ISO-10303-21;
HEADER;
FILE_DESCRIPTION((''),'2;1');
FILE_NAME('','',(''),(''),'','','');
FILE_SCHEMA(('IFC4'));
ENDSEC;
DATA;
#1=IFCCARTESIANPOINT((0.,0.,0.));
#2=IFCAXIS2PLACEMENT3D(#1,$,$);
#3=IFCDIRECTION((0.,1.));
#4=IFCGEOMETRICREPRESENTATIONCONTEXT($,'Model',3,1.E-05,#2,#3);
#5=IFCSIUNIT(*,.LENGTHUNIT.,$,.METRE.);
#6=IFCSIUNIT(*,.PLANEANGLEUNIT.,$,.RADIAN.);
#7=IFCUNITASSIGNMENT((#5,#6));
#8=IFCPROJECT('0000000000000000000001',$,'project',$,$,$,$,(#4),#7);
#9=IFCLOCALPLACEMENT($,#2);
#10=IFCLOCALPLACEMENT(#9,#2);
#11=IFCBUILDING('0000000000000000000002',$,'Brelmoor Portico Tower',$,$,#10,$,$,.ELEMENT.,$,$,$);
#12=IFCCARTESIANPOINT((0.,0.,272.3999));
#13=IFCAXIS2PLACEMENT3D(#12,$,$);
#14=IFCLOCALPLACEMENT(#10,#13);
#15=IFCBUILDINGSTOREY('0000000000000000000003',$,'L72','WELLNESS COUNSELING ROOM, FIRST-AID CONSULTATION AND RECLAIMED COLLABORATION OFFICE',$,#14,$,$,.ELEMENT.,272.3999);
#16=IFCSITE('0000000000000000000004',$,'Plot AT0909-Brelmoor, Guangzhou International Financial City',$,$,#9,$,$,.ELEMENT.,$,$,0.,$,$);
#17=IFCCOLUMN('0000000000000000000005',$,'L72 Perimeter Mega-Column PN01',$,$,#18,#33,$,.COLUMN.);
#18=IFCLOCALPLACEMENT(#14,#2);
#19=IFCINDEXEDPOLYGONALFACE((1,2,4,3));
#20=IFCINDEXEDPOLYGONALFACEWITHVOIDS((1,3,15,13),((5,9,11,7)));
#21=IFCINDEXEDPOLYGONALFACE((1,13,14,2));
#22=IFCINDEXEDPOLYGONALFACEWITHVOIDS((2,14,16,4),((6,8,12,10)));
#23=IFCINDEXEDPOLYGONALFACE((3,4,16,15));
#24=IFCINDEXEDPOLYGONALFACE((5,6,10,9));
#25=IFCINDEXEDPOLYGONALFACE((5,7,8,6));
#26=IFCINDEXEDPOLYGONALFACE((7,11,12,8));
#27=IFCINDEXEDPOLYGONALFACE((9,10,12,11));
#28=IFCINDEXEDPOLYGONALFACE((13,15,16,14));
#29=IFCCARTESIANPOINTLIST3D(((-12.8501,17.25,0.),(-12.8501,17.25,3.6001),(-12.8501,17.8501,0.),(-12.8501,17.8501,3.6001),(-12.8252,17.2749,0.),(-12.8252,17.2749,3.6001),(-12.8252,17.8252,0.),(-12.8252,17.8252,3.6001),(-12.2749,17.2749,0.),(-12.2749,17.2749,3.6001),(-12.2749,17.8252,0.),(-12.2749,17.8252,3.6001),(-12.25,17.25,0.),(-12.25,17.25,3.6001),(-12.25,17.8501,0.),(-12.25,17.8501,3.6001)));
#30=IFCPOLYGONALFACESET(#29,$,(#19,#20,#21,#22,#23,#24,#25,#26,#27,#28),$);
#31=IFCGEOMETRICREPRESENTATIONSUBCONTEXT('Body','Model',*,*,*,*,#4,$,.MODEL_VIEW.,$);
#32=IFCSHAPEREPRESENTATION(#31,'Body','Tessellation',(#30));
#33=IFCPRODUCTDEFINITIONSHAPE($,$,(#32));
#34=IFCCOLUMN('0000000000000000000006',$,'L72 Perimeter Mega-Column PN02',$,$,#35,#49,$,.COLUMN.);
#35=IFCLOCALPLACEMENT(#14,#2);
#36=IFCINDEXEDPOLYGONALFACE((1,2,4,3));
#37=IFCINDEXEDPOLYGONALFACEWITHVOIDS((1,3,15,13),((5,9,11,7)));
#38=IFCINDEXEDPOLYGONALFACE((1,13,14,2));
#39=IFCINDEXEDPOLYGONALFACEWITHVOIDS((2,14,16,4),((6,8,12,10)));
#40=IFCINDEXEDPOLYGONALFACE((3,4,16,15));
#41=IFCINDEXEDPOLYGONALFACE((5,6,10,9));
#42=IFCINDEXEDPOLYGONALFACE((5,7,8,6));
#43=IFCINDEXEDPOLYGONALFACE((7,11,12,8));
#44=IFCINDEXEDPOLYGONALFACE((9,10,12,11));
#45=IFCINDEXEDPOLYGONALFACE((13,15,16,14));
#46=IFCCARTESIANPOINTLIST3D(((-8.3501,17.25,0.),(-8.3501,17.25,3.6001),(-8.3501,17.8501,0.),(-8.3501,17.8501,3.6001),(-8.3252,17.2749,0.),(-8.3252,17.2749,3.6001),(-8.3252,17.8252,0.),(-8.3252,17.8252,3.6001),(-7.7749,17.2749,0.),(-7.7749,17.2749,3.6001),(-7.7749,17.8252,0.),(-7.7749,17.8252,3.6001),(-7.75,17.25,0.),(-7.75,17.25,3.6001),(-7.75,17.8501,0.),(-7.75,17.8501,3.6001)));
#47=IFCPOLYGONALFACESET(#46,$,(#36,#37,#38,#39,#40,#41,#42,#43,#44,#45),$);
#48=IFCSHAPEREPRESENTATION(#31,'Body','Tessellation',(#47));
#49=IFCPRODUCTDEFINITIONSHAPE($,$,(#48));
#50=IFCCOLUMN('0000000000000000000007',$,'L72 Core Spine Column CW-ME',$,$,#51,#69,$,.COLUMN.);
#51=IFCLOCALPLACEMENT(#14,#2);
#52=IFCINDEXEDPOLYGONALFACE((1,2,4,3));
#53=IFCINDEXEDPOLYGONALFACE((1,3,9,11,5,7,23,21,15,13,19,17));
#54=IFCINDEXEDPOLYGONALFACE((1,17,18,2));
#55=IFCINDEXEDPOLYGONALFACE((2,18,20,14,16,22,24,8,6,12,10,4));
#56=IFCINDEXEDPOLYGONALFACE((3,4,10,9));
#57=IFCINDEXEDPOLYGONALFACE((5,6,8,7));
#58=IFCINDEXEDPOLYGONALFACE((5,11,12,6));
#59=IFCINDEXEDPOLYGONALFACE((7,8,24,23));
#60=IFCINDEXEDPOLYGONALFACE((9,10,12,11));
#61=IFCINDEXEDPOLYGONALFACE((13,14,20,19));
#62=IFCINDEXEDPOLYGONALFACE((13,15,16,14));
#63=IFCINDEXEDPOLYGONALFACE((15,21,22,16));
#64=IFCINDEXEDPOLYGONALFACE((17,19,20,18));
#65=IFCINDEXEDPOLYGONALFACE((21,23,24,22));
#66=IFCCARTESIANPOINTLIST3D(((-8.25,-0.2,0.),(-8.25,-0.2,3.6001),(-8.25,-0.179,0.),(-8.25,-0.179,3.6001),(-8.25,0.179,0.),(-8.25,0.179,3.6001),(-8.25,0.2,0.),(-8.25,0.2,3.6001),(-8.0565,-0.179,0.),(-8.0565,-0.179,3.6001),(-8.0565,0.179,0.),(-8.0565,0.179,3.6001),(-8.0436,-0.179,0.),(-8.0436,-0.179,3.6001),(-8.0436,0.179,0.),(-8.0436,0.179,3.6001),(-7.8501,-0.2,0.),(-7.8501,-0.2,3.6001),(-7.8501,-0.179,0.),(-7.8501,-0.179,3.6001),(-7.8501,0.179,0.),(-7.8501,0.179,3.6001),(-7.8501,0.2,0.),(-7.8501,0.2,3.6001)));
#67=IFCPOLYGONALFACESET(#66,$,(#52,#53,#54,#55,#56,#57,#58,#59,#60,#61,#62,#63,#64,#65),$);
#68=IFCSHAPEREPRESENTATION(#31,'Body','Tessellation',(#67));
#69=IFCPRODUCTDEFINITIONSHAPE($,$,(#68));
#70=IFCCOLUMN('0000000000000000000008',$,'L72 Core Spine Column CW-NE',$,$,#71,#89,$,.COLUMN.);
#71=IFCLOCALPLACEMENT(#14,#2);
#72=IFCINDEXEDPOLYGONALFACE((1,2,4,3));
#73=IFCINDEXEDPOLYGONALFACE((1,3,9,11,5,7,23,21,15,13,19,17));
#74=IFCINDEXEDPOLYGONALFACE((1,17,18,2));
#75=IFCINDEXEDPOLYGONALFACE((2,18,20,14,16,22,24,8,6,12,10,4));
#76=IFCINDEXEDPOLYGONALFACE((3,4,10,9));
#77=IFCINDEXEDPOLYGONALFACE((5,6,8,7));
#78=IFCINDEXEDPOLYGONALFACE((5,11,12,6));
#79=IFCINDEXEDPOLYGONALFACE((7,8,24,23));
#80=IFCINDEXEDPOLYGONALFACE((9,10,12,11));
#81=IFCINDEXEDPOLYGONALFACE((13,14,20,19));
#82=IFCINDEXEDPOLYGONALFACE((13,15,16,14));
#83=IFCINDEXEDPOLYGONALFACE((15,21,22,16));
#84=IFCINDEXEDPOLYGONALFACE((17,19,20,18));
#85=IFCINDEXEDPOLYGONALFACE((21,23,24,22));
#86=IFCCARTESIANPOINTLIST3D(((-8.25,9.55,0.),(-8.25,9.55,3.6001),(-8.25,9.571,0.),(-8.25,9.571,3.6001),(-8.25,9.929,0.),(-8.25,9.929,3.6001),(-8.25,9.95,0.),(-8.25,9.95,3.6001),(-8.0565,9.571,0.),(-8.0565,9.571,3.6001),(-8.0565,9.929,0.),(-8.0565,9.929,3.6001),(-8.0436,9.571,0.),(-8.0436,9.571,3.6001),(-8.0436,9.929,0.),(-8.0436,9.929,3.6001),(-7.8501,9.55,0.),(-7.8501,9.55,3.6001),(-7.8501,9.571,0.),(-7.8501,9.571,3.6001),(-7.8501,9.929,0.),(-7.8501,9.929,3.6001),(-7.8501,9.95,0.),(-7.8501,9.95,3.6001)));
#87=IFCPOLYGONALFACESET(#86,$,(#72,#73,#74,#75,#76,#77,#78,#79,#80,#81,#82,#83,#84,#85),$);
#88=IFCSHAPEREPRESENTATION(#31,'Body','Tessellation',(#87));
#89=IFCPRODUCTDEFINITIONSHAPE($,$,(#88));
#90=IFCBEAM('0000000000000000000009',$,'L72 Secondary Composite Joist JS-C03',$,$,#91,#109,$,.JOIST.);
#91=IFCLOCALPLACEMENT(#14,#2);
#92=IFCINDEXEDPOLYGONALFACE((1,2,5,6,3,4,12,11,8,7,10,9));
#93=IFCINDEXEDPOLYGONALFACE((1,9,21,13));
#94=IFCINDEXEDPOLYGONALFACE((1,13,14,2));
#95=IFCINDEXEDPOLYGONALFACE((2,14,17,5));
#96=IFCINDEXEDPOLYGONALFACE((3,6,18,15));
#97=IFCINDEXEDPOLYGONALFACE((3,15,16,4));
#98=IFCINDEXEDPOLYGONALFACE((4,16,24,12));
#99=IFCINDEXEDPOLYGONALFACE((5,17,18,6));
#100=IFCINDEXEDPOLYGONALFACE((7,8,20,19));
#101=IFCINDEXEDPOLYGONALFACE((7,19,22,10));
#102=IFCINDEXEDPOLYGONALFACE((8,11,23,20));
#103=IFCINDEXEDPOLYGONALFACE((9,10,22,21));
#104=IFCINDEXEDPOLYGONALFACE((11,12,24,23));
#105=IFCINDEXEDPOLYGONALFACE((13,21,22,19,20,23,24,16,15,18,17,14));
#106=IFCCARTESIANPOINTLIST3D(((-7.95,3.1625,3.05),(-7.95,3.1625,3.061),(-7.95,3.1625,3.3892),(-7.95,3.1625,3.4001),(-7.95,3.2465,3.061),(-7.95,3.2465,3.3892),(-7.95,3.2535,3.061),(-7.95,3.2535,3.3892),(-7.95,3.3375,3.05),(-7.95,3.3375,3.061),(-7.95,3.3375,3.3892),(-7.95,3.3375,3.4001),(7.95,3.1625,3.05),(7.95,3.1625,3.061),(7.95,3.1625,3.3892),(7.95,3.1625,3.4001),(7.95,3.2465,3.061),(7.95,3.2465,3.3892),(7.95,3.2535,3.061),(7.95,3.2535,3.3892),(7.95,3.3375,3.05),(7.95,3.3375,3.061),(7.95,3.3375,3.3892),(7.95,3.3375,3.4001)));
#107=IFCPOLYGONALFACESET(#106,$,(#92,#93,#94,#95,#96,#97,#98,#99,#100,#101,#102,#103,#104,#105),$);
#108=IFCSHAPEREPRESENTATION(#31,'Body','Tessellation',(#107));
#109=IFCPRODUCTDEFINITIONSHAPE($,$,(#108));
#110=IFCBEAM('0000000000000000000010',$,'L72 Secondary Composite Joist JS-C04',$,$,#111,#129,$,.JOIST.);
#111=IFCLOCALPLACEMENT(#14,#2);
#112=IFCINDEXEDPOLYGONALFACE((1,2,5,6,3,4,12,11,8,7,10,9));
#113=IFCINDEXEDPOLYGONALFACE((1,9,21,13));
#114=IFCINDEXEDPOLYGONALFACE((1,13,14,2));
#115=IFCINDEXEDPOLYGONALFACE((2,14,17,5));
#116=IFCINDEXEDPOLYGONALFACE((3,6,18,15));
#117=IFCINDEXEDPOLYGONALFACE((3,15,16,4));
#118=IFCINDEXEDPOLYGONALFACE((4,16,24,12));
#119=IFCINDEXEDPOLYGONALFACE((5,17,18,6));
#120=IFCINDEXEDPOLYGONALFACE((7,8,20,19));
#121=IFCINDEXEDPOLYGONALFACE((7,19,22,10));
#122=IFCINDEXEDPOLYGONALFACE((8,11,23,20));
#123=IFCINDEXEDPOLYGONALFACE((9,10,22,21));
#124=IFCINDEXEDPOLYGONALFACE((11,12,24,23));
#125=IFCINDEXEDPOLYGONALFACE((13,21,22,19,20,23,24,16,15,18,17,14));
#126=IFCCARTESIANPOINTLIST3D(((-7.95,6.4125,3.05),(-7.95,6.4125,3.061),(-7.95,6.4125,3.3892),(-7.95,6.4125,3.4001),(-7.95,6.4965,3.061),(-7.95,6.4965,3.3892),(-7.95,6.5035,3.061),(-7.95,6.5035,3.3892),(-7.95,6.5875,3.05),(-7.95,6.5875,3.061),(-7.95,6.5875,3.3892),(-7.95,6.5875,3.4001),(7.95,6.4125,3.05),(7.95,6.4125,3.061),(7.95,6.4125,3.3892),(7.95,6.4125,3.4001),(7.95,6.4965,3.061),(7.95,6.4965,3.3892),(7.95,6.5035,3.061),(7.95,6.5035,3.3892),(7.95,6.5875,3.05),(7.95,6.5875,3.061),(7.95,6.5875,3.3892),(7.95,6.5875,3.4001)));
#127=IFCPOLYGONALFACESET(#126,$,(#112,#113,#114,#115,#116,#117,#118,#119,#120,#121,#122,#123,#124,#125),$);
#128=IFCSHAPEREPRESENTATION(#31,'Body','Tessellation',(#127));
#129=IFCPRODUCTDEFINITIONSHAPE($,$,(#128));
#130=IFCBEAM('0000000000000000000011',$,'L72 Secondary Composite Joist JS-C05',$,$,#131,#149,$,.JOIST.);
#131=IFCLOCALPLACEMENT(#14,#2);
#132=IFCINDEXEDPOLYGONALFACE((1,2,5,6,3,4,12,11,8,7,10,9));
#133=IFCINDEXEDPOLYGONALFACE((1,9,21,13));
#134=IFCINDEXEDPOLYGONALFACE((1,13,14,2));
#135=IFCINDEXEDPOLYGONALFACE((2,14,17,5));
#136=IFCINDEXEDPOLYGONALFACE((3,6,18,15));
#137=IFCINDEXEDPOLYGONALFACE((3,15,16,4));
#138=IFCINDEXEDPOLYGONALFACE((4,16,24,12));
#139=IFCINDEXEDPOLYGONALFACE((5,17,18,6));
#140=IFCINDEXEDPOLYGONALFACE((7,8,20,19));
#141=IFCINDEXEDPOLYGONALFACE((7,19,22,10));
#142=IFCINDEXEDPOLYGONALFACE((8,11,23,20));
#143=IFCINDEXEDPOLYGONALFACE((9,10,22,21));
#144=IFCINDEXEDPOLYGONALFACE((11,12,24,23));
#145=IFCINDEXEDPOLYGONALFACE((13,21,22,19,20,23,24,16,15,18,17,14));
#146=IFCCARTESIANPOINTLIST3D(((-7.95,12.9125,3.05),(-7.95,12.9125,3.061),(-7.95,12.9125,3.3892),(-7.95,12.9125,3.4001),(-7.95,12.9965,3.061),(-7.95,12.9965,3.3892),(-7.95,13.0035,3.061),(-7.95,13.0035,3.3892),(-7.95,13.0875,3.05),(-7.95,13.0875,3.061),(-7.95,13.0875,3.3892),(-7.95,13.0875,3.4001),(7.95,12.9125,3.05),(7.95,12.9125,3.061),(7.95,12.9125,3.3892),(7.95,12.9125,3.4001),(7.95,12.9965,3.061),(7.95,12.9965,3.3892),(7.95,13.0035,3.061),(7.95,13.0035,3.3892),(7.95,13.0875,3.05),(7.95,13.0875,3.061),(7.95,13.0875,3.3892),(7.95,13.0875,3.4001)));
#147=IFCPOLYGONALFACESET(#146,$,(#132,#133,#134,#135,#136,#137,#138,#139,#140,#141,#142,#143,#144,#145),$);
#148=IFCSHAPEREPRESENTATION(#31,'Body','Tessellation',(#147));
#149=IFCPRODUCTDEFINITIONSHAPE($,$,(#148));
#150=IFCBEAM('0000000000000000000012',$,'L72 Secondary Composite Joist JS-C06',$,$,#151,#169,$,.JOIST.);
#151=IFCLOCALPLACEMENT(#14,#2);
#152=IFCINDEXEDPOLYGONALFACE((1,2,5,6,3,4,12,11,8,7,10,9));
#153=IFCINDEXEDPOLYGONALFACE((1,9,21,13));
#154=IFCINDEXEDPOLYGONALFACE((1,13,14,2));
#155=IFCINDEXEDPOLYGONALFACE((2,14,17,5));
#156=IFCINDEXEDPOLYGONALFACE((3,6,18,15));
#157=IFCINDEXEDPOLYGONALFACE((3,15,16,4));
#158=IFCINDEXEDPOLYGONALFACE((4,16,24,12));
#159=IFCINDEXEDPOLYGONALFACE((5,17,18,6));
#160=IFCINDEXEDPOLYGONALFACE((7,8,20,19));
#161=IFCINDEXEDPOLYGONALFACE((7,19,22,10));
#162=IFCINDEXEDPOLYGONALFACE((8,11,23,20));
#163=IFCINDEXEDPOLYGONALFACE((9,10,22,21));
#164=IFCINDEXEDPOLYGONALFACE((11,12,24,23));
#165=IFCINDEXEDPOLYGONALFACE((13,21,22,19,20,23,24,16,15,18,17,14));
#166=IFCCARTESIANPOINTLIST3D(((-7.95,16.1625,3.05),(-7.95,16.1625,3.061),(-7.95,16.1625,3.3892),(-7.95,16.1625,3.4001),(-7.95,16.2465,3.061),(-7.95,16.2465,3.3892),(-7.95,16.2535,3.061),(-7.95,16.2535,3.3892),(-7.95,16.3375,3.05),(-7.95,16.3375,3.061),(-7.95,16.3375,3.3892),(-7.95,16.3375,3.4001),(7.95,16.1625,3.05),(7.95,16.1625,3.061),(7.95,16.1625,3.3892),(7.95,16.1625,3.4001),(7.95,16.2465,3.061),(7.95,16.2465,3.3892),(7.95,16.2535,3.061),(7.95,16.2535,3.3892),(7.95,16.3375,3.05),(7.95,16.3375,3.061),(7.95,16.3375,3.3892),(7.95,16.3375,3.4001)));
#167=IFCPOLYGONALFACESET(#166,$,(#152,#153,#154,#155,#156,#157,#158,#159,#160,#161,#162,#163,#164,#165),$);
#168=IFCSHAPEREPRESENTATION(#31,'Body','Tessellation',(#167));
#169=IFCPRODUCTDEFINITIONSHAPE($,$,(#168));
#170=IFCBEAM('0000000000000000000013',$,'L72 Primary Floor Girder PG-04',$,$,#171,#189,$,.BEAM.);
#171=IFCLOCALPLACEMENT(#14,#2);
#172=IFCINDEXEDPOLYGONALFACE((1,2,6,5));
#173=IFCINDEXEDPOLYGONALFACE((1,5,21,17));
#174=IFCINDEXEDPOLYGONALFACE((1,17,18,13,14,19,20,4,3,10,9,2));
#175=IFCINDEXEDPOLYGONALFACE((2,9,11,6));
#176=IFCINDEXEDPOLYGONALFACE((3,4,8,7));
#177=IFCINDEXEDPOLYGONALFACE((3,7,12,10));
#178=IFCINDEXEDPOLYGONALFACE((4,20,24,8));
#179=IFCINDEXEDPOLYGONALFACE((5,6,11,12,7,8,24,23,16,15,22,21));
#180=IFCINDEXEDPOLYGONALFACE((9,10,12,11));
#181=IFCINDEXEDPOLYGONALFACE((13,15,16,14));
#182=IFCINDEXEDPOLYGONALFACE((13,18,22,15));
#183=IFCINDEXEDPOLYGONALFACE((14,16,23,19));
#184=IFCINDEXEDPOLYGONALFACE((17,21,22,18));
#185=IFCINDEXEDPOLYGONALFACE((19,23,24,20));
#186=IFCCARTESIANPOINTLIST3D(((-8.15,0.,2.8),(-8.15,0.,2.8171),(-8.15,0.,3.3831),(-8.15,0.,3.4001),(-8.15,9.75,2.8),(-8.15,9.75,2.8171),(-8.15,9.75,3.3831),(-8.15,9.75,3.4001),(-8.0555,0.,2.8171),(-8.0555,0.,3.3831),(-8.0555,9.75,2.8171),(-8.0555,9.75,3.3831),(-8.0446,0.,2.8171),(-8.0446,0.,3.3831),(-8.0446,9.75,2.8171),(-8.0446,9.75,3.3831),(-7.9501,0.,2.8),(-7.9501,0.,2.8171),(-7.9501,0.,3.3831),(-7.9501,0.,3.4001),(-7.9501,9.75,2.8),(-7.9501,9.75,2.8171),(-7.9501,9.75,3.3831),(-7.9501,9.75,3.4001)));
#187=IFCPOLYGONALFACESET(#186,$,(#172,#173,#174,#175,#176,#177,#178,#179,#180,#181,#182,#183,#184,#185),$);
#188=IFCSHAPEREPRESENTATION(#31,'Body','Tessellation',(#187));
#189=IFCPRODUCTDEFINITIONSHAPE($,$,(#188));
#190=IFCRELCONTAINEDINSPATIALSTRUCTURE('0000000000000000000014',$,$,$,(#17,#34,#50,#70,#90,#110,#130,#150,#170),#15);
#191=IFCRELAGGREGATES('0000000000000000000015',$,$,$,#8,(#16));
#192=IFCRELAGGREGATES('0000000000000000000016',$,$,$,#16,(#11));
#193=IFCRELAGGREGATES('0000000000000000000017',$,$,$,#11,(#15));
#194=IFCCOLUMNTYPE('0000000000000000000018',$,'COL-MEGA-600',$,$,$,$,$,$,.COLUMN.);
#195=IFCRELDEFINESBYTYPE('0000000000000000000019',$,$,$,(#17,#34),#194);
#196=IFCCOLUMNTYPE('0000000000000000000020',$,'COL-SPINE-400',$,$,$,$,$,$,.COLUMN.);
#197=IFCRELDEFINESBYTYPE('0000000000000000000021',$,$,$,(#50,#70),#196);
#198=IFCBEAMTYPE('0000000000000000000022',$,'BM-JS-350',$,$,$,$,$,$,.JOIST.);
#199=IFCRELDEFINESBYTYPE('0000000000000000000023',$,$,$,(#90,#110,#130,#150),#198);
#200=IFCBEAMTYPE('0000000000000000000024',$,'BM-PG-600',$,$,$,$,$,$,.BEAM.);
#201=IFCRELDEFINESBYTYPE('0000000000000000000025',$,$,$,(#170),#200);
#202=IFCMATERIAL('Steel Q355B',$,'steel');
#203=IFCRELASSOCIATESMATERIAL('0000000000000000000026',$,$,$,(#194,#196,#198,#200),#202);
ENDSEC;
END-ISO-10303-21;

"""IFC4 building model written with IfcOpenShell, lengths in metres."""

from ifc_helpers import new_model, si_unit, direction, frame, origin, origin_2d, place, context, subcontext, project, spatial, hollow_rectangle, i_section, extrude, material, material_profile, profile_set, type_object, element, save


model = new_model("IFC4")

# Units and contexts
model_context = context("Model", 3, precision=1e-05, world=origin(), true_north=direction((0.0, 1.0)))
body_context = subcontext(model_context, "Body", "Model", "MODEL_VIEW")
ifc_project = project(units=[si_unit("LENGTHUNIT", "METRE"), si_unit("PLANEANGLEUNIT", "RADIAN")], contexts=[model_context])

# Site, building, storey
site_placement = place(None, origin())
site = spatial("IfcSite", under=ifc_project, at=site_placement, Name="Plot AT0909-Brelmoor, Guangzhou International Financial City", CompositionType="ELEMENT", RefElevation=0.0)
building_placement = place(site_placement, origin())
building = spatial("IfcBuilding", under=site, at=building_placement, Name="Brelmoor Portico Tower", CompositionType="ELEMENT")
storey_placement = place(building_placement, frame((0.0, 0.0, 272.3999)))
storey = spatial("IfcBuildingStorey", under=building, at=storey_placement, Name="L72", Description="WELLNESS COUNSELING ROOM, FIRST-AID CONSULTATION AND RECLAIMED COLLABORATION OFFICE", CompositionType="ELEMENT", Elevation=272.3999)

# Columns
ifc_material_1 = material(Name="Steel Q355B", Category="steel")
ifc_material_profile_1 = material_profile(ifc_material_1, hollow_rectangle(XDim=0.6001, YDim=0.6001, WallThickness=0.0249, at=origin_2d()), Name="BOX 600x600x25")
ifc_profile_set_1 = profile_set([ifc_material_profile_1], Name="Steel Q355B")
column_type_1 = type_object("IfcColumnType", Name="COL-MEGA-600", PredefinedType="COLUMN", material=ifc_profile_set_1)
for number, where, z_axis, x_axis, name in (
    (1, (-12.55, 17.55, 0.0), (0.0, 0.0, 1.0), (1.0, 0.0, 0.0), "L72 Perimeter Mega-Column PN01"),
    (2, (-8.05, 17.55, 0.0), (0.0, 0.0, 1.0), (1.0, 0.0, 0.0), "L72 Perimeter Mega-Column PN02"),
):
    element("IfcColumn", number, at=place(storey_placement, frame(where, z_axis=z_axis, x_axis=x_axis)), inside=storey, type_object=column_type_1, Name=name, PredefinedType="COLUMN", context=body_context, shape_type="SweptSolid", body=[
        extrude(hollow_rectangle(XDim=0.6001, YDim=0.6001, WallThickness=0.0249, at=origin_2d()), origin(), (0.0, 0.0, 1.0), 3.6001),
    ])
ifc_material_profile_2 = material_profile(ifc_material_1, i_section(OverallWidth=0.3999, OverallDepth=0.3999, WebThickness=0.0129, FlangeThickness=0.021, at=origin_2d()), Name="HW 400x400x13x21")
ifc_profile_set_2 = profile_set([ifc_material_profile_2], Name="Steel Q355B")
column_type_2 = type_object("IfcColumnType", Name="COL-SPINE-400", PredefinedType="COLUMN", material=ifc_profile_set_2)
for number, where, z_axis, x_axis, name in (
    (3, (-8.05, 0.0, 0.0), (0.0, 0.0, 1.0), (1.0, 0.0, 0.0), "L72 Core Spine Column CW-ME"),
    (4, (-8.05, 9.75, 0.0), (0.0, 0.0, 1.0), (1.0, 0.0, 0.0), "L72 Core Spine Column CW-NE"),
):
    element("IfcColumn", number, at=place(storey_placement, frame(where, z_axis=z_axis, x_axis=x_axis)), inside=storey, type_object=column_type_2, Name=name, PredefinedType="COLUMN", context=body_context, shape_type="SweptSolid", body=[
        extrude(i_section(OverallWidth=0.3999, OverallDepth=0.3999, WebThickness=0.0129, FlangeThickness=0.021, at=origin_2d()), origin(), (0.0, 0.0, 1.0), 3.6001),
    ])

# Beams
ifc_material_profile_3 = material_profile(ifc_material_1, i_section(OverallWidth=0.175, OverallDepth=0.3501, WebThickness=0.0071, FlangeThickness=0.011, at=origin_2d()), Name="HN 350x175x7x11")
ifc_profile_set_3 = profile_set([ifc_material_profile_3], Name="Steel Q355B")
beam_type_1 = type_object("IfcBeamType", Name="BM-JS-350", PredefinedType="JOIST", material=ifc_profile_set_3)
for number, where, z_axis, x_axis, name in (
    (5, (-7.95, 3.25, 3.2251), (1.0, 0.0, 0.0), (0.0, 1.0, 0.0), "L72 Secondary Composite Joist JS-C03"),
    (6, (-7.95, 6.5, 3.2251), (1.0, 0.0, 0.0), (0.0, 1.0, 0.0), "L72 Secondary Composite Joist JS-C04"),
    (7, (-7.95, 13.0, 3.2251), (1.0, 0.0, 0.0), (0.0, 1.0, 0.0), "L72 Secondary Composite Joist JS-C05"),
    (8, (-7.95, 16.25, 3.2251), (1.0, 0.0, 0.0), (0.0, 1.0, 0.0), "L72 Secondary Composite Joist JS-C06"),
):
    element("IfcBeam", number, at=place(storey_placement, frame(where, z_axis=z_axis, x_axis=x_axis)), inside=storey, type_object=beam_type_1, Name=name, PredefinedType="JOIST", context=body_context, shape_type="SweptSolid", body=[
        extrude(i_section(OverallWidth=0.175, OverallDepth=0.3501, WebThickness=0.0071, FlangeThickness=0.011, at=origin_2d()), origin(), (0.0, 0.0, 1.0), 15.8999),
    ])
ifc_material_profile_4 = material_profile(ifc_material_1, i_section(OverallWidth=0.2, OverallDepth=0.6001, WebThickness=0.011, FlangeThickness=0.0171, at=origin_2d()), Name="HN 600x200x11x17")
ifc_profile_set_4 = profile_set([ifc_material_profile_4], Name="Steel Q355B")
beam_type_2 = type_object("IfcBeamType", Name="BM-PG-600", PredefinedType="BEAM", material=ifc_profile_set_4)
beam_1_placement = place(storey_placement, frame((-8.05, 0.0, 3.1001), z_axis=(0.0, 1.0, 0.0), x_axis=(-1.0, 0.0, 0.0)))
element("IfcBeam", 9, at=beam_1_placement, inside=storey, type_object=beam_type_2, Name="L72 Primary Floor Girder PG-04", PredefinedType="BEAM", context=body_context, shape_type="SweptSolid", body=[
    extrude(i_section(OverallWidth=0.2, OverallDepth=0.6001, WebThickness=0.011, FlangeThickness=0.0171, at=origin_2d()), origin(), (0.0, 0.0, 1.0), 9.75),
])

save(model, "model.ifc")
